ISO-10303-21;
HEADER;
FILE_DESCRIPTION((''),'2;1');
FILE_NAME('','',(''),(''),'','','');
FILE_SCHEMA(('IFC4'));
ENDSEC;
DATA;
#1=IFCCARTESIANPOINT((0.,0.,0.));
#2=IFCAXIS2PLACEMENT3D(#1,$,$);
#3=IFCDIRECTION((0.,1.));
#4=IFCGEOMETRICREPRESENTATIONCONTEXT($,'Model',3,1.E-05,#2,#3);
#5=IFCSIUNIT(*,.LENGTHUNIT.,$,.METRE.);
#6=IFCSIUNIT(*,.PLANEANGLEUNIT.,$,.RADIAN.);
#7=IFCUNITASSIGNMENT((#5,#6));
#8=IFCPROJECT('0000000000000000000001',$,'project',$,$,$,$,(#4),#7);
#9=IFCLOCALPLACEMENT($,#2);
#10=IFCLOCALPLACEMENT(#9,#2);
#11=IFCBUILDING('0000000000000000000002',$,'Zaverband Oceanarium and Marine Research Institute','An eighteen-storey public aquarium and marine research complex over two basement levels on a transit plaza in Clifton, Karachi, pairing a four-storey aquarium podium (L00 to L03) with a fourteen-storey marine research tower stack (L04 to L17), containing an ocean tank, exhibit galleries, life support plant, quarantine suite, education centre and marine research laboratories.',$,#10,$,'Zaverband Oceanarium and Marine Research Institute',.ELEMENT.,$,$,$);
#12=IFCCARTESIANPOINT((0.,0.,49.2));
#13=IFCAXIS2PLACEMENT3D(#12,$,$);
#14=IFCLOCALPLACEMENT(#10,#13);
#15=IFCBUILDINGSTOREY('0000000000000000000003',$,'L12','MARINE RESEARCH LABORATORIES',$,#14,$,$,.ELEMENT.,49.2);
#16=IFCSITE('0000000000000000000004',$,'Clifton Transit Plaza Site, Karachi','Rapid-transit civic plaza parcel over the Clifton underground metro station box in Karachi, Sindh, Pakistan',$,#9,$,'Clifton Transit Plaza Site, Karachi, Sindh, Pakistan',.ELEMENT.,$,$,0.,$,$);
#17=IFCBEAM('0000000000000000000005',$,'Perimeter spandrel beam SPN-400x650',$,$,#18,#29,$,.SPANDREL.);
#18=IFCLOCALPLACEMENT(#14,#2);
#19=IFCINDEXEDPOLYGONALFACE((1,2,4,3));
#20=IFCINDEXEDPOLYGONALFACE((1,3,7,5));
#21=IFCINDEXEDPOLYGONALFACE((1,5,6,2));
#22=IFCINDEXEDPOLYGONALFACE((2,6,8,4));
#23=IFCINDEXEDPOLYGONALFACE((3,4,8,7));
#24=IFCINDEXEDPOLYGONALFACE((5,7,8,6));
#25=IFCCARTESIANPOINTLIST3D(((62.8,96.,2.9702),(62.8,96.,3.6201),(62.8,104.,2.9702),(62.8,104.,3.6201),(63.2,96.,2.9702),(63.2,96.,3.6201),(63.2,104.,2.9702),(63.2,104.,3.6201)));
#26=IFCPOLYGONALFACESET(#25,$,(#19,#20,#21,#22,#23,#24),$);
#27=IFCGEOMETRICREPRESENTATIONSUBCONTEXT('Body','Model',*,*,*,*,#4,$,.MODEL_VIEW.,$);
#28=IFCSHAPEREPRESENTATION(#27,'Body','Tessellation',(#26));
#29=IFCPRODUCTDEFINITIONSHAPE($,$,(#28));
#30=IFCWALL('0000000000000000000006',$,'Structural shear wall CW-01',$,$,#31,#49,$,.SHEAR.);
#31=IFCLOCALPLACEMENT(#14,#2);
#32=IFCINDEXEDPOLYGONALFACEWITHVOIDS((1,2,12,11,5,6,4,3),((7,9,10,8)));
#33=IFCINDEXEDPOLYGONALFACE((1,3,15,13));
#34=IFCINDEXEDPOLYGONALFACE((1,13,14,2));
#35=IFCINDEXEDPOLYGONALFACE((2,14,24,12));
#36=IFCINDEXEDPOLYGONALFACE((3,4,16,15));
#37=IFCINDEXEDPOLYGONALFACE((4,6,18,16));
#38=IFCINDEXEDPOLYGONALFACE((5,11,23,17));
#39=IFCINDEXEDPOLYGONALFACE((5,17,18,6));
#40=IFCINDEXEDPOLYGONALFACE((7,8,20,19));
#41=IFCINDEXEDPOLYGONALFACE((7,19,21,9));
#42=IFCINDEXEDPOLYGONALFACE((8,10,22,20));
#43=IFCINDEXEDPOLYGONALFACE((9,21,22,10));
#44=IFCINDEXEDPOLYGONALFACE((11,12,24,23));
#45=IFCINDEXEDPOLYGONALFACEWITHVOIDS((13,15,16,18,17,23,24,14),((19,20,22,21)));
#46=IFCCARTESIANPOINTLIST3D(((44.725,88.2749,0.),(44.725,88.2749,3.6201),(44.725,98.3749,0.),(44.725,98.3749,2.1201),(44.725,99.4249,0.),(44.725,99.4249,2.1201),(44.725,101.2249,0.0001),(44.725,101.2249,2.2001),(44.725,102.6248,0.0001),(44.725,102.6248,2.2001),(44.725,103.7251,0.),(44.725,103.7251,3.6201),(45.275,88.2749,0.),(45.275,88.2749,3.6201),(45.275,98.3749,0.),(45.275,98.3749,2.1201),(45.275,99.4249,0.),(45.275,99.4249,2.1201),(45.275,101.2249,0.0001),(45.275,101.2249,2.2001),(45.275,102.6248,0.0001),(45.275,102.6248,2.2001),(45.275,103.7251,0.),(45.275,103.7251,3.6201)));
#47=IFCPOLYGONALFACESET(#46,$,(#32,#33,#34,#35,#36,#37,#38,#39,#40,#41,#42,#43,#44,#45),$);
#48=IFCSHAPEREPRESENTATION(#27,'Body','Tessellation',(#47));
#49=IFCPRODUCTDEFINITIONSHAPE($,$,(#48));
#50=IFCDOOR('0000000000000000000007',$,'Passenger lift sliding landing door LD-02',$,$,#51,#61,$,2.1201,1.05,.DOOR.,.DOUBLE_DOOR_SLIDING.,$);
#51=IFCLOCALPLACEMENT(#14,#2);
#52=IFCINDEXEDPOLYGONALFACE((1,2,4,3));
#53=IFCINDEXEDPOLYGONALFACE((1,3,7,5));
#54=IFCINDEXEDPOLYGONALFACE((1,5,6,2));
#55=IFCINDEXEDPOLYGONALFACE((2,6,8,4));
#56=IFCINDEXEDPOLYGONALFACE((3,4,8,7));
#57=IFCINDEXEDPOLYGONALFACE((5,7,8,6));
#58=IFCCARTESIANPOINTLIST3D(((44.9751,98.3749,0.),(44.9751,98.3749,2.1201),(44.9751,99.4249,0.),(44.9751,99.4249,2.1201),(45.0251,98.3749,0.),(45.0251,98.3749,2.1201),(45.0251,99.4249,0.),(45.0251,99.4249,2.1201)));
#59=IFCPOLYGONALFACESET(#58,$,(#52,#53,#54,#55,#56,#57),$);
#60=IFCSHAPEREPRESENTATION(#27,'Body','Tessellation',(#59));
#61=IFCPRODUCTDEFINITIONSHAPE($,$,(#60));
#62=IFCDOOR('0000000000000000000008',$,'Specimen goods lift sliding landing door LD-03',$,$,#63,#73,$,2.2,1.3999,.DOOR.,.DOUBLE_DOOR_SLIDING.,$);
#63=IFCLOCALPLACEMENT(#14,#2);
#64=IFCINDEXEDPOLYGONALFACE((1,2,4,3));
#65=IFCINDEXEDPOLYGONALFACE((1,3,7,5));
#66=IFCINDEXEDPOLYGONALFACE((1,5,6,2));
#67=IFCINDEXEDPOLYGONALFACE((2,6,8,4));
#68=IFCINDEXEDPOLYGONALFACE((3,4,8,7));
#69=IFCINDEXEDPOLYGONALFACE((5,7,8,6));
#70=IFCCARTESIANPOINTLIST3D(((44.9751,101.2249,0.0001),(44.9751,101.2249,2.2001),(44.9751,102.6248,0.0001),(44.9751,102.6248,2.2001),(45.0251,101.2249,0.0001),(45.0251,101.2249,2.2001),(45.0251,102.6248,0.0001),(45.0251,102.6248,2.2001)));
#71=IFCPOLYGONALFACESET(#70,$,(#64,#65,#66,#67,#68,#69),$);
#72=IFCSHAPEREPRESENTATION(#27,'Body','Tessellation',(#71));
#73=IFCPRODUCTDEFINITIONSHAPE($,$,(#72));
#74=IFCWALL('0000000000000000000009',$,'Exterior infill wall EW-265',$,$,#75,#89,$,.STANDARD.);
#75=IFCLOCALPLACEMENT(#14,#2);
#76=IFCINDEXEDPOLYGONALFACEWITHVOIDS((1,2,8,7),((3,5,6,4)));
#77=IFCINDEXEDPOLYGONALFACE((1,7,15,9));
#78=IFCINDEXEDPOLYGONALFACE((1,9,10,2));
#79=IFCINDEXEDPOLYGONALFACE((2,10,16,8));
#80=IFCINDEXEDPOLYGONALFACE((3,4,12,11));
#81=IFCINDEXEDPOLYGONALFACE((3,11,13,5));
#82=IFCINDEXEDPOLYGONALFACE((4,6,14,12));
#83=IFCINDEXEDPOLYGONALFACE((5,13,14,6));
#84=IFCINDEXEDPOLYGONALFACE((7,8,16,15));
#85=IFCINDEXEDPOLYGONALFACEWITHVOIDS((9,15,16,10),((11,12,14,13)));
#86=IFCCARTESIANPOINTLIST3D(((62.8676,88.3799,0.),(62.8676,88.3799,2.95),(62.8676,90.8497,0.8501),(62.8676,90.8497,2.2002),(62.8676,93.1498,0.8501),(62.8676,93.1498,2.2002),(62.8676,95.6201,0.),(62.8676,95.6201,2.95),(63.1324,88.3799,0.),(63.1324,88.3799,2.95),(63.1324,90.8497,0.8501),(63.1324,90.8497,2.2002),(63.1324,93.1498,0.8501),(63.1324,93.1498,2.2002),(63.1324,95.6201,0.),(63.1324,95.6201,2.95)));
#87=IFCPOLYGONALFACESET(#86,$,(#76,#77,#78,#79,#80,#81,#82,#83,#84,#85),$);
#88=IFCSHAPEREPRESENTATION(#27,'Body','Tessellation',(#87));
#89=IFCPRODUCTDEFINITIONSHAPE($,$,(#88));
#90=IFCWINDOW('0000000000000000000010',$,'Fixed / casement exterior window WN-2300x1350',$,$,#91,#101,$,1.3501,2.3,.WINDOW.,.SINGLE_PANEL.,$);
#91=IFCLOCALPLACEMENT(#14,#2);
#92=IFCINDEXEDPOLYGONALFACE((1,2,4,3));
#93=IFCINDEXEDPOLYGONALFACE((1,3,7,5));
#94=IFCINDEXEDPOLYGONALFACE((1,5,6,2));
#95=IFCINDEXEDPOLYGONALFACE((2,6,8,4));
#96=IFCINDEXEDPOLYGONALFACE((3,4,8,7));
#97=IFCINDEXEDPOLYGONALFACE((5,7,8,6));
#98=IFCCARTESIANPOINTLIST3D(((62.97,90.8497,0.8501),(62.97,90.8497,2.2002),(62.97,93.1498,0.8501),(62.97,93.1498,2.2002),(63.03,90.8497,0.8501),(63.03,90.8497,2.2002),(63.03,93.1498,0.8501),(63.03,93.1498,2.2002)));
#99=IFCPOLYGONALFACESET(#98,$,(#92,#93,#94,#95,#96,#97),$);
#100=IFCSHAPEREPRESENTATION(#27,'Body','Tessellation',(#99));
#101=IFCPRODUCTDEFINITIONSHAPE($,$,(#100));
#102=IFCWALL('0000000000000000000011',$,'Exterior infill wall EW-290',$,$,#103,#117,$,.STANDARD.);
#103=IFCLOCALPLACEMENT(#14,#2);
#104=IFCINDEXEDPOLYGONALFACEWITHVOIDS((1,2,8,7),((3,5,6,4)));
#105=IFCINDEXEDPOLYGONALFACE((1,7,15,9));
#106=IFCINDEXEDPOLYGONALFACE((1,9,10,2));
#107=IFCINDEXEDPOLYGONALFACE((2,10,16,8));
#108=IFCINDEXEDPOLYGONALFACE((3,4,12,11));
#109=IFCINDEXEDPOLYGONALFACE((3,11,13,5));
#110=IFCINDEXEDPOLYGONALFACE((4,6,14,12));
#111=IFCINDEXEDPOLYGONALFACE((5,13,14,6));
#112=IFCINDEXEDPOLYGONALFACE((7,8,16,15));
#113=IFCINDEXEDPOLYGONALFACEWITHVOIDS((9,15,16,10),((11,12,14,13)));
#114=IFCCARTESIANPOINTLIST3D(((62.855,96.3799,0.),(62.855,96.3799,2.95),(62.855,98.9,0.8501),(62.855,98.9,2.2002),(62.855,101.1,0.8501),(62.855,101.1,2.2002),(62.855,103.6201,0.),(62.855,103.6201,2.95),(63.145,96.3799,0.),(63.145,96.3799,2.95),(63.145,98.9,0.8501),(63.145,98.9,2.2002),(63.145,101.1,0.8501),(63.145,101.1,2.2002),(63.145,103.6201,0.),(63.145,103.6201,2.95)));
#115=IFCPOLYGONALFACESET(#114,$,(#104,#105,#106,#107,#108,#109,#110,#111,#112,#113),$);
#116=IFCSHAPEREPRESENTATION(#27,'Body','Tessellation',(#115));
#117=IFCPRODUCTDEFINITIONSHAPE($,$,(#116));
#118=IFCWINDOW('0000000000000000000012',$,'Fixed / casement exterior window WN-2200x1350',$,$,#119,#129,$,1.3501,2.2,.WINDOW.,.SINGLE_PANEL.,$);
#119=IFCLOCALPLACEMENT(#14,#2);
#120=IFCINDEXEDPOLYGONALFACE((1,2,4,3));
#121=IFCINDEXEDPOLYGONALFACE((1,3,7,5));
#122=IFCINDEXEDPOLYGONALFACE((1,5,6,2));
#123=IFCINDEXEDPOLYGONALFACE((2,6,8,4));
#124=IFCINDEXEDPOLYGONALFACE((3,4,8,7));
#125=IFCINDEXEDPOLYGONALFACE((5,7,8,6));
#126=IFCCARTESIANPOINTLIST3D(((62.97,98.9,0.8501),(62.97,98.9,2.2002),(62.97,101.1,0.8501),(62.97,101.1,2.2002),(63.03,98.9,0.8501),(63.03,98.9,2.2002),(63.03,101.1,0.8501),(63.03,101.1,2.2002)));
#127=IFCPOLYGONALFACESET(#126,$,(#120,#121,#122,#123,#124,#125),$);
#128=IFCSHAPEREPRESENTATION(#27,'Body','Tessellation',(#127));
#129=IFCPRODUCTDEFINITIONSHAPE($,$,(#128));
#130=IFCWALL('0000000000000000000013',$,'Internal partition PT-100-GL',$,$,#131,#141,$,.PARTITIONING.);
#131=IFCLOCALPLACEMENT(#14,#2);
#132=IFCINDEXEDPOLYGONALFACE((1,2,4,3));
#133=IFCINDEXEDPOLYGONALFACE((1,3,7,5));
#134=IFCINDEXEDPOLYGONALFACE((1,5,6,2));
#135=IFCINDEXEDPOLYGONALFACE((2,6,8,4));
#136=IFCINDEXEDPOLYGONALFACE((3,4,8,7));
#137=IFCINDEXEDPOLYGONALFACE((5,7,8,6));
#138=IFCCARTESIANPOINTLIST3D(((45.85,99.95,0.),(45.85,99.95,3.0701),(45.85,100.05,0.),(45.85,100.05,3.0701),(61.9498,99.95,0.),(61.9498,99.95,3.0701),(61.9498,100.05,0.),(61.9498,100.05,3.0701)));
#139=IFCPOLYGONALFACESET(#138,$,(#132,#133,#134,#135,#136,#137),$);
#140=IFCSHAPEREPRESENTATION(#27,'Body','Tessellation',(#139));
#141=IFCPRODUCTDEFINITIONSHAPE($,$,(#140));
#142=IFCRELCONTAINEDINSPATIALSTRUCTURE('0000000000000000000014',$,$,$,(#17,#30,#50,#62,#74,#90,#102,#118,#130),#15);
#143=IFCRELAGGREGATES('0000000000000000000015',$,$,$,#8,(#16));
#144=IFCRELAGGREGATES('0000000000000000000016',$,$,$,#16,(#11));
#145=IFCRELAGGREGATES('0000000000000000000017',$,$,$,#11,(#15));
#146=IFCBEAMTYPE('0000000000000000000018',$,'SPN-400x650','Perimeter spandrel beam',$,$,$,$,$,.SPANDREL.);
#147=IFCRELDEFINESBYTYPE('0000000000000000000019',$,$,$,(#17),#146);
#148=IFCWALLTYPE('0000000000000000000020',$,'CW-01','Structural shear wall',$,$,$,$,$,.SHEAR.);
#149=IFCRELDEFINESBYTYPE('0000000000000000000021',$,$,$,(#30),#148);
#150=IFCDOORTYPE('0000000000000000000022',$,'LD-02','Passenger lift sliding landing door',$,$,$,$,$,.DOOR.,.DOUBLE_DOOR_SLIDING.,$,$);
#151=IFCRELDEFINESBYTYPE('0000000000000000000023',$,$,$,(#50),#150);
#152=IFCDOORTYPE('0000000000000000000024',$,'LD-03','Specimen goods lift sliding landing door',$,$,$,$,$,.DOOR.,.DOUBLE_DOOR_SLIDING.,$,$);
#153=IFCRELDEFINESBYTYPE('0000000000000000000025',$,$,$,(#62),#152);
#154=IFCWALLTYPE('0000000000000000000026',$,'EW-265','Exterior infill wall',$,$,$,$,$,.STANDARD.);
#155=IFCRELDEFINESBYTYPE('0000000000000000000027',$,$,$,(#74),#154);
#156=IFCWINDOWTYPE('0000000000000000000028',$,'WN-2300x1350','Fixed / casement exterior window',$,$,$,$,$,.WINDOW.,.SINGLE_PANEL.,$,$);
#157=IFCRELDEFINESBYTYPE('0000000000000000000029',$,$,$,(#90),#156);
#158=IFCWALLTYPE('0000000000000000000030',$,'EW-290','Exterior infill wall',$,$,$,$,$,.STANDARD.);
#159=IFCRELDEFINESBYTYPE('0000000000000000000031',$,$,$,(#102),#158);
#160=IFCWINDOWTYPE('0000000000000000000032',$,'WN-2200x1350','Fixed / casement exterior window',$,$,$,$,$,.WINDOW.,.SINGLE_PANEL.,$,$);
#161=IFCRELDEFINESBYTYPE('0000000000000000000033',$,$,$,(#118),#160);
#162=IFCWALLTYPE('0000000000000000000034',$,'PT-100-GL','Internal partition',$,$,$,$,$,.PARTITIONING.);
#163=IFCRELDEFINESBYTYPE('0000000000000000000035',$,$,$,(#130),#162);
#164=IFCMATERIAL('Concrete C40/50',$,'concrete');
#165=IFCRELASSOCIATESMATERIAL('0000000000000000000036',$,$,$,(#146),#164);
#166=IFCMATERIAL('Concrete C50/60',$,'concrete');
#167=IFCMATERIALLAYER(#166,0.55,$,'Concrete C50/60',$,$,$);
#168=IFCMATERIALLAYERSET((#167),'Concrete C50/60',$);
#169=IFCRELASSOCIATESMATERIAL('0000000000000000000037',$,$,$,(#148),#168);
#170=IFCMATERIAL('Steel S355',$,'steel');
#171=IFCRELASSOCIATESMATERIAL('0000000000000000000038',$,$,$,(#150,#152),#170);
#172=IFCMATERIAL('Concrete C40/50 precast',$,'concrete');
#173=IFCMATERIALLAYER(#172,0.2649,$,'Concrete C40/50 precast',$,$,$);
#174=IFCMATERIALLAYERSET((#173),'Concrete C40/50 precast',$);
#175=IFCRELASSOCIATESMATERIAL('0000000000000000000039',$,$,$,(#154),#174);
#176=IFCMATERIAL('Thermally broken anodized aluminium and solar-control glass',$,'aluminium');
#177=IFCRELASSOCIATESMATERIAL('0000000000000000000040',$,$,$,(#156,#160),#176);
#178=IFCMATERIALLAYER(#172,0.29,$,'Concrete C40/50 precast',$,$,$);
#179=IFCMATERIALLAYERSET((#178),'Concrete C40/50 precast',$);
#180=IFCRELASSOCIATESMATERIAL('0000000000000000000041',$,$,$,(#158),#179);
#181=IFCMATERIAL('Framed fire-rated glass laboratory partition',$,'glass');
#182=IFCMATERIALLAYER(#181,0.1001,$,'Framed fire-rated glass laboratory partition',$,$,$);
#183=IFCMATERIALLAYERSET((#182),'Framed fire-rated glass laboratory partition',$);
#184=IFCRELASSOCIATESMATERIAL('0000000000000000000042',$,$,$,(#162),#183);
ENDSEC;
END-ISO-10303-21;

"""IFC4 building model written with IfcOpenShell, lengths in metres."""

from ifc_helpers import new_model, si_unit, direction, frame, frame_2d, origin, origin_2d, place, context, subcontext, project, spatial, rectangle, extrude, material, layer, layer_set, material_profile, profile_set, type_object, element, fill, save


model = new_model("IFC4")

# Units and contexts
model_context = context("Model", 3, precision=1e-05, world=origin(), true_north=direction((0.0, 1.0)))
body_context = subcontext(model_context, "Body", "Model", "MODEL_VIEW")
ifc_project = project(units=[si_unit("LENGTHUNIT", "METRE"), si_unit("PLANEANGLEUNIT", "RADIAN")], contexts=[model_context])

# Site, building, storey
site_placement = place(None, origin())
site = spatial("IfcSite", under=ifc_project, at=site_placement, Name="Clifton Transit Plaza Site, Karachi", Description="Rapid-transit civic plaza parcel over the Clifton underground metro station box in Karachi, Sindh, Pakistan", LongName="Clifton Transit Plaza Site, Karachi, Sindh, Pakistan", CompositionType="ELEMENT", RefElevation=0.0)
building_placement = place(site_placement, origin())
building = spatial("IfcBuilding", under=site, at=building_placement, Name="Zaverband Oceanarium and Marine Research Institute", Description="An eighteen-storey public aquarium and marine research complex over two basement levels on a transit plaza in Clifton, Karachi, pairing a four-storey aquarium podium (L00 to L03) with a fourteen-storey marine research tower stack (L04 to L17), containing an ocean tank, exhibit galleries, life support plant, quarantine suite, education centre and marine research laboratories.", LongName="Zaverband Oceanarium and Marine Research Institute", CompositionType="ELEMENT")
storey_placement = place(building_placement, frame((0.0, 0.0, 49.2)))
storey = spatial("IfcBuildingStorey", under=building, at=storey_placement, Name="L12", Description="MARINE RESEARCH LABORATORIES", CompositionType="ELEMENT", Elevation=49.2)

# Shared definitions
ifc_material_1 = material(Name="Concrete C50/60", Category="concrete")

# Shared definitions
ifc_material_2 = material(Name="Concrete C40/50", Category="concrete")

# Shared definitions
ifc_material_3 = material(Name="Steel S355", Category="steel")

# Beam
ifc_material_profile_1 = material_profile(ifc_material_2, rectangle(XDim=0.3999, YDim=0.6499, at=origin_2d()), Name="RC400x650")
ifc_profile_set_1 = profile_set([ifc_material_profile_1], Name="Concrete C40/50")
beam_type_1 = type_object("IfcBeamType", Name="SPN-400x650", Description="Perimeter spandrel beam", PredefinedType="SPANDREL", material=ifc_profile_set_1)
for number, where, z_axis, x_axis, name in (
    (1, (63.0, 96.0, 3.2952), (0.0, 1.0, 0.0), (-1.0, 0.0, 0.0), "Perimeter spandrel beam SPN-400x650"),
):
    element("IfcBeam", number, at=place(storey_placement, frame(where, z_axis=z_axis, x_axis=x_axis)), inside=storey, type_object=beam_type_1, Name=name, PredefinedType="SPANDREL", context=body_context, shape_type="SweptSolid", body=[
        extrude(rectangle(XDim=0.3999, YDim=0.6499, at=origin_2d()), origin(), (0.0, 0.0, 1.0), 8.0),
    ])

# Wall, openings, doors
ifc_layer_1 = layer(ifc_material_1, 0.55, Name="Concrete C50/60")
ifc_layer_set_1 = layer_set([ifc_layer_1], Name="Concrete C50/60")
wall_type_1 = type_object("IfcWallType", Name="CW-01", Description="Structural shear wall", PredefinedType="SHEAR", material=ifc_layer_set_1)
wall_1_placement = place(storey_placement, frame((45.0, 88.2749, 0.0), z_axis=(0.0, 0.0, 1.0), x_axis=(0.0, 1.0, 0.0)))
wall_1 = element("IfcWall", 2, at=wall_1_placement, inside=storey, type_object=wall_type_1, Name="Structural shear wall CW-01", PredefinedType="SHEAR", context=body_context, shape_type="SweptSolid", body=[
    extrude(rectangle(XDim=15.4502, YDim=0.55, at=frame_2d((7.7251, 0.0))), origin(), (0.0, 0.0, 1.0), 3.6201),
])
opening_1_placement = place(wall_1_placement, frame((10.1001, 0.0, 0.0)))
opening_1 = element("IfcOpeningElement", 3, at=opening_1_placement, cuts=wall_1, PredefinedType="OPENING", context=body_context, shape_type="SweptSolid", body=[
    extrude(rectangle(XDim=1.05, YDim=2.1201, at=frame_2d((0.5249, 1.0601))), frame((0.0, 0.2871, 0.0), z_axis=(0.0, -1.0, 0.0), x_axis=(1.0, 0.0, 0.0)), (0.0, 0.0, 1.0), 0.574),
])
opening_2_placement = place(wall_1_placement, frame((12.95, 0.0, 0.0)))
opening_2 = element("IfcOpeningElement", 4, at=opening_2_placement, cuts=wall_1, PredefinedType="OPENING", context=body_context, shape_type="SweptSolid", body=[
    extrude(rectangle(XDim=1.3999, YDim=2.2, at=frame_2d((0.7, 1.1001))), frame((0.0, 0.2871, 0.0), z_axis=(0.0, -1.0, 0.0), x_axis=(1.0, 0.0, 0.0)), (0.0, 0.0, 1.0), 0.574),
])
door_type_1 = type_object("IfcDoorType", Name="LD-02", Description="Passenger lift sliding landing door", OperationType="DOUBLE_DOOR_SLIDING", PredefinedType="DOOR", material=ifc_material_3)
door_1_placement = place(opening_1_placement, origin())
door_1 = element("IfcDoor", 5, at=door_1_placement, inside=storey, type_object=door_type_1, Name="Passenger lift sliding landing door LD-02", OperationType="DOUBLE_DOOR_SLIDING", OverallHeight=2.1201, OverallWidth=1.05, PredefinedType="DOOR", context=body_context, shape_type="SweptSolid", body=[
    extrude(rectangle(XDim=1.05, YDim=2.1201, at=frame_2d((0.5249, 1.0601))), frame((0.0, 0.0249, 0.0), z_axis=(0.0, -1.0, 0.0), x_axis=(1.0, 0.0, 0.0)), (0.0, 0.0, 1.0), 0.05),
])
fill(opening_1, door_1)
door_type_2 = type_object("IfcDoorType", Name="LD-03", Description="Specimen goods lift sliding landing door", OperationType="DOUBLE_DOOR_SLIDING", PredefinedType="DOOR", material=ifc_material_3)
door_2_placement = place(opening_2_placement, origin())
door_2 = element("IfcDoor", 6, at=door_2_placement, inside=storey, type_object=door_type_2, Name="Specimen goods lift sliding landing door LD-03", OperationType="DOUBLE_DOOR_SLIDING", OverallHeight=2.2, OverallWidth=1.3999, PredefinedType="DOOR", context=body_context, shape_type="SweptSolid", body=[
    extrude(rectangle(XDim=1.3999, YDim=2.2, at=frame_2d((0.7, 1.1001))), frame((0.0, 0.0249, 0.0), z_axis=(0.0, -1.0, 0.0), x_axis=(1.0, 0.0, 0.0)), (0.0, 0.0, 1.0), 0.05),
])
fill(opening_2, door_2)

# Walls, openings, windows
ifc_material_4 = material(Name="Concrete C40/50 precast", Category="concrete")
ifc_layer_2 = layer(ifc_material_4, 0.2649, Name="Concrete C40/50 precast")
ifc_layer_set_2 = layer_set([ifc_layer_2], Name="Concrete C40/50 precast")
wall_type_2 = type_object("IfcWallType", Name="EW-265", Description="Exterior infill wall", PredefinedType="STANDARD", material=ifc_layer_set_2)
wall_2_placement = place(storey_placement, frame((63.0, 88.3799, 0.0), z_axis=(0.0, 0.0, 1.0), x_axis=(0.0, 1.0, 0.0)))
wall_2 = element("IfcWall", 7, at=wall_2_placement, inside=storey, type_object=wall_type_2, Name="Exterior infill wall EW-265", PredefinedType="STANDARD", context=body_context, shape_type="SweptSolid", body=[
    extrude(rectangle(XDim=7.2402, YDim=0.2649, at=frame_2d((3.6201, 0.0))), origin(), (0.0, 0.0, 1.0), 2.95),
])
opening_3_placement = place(wall_2_placement, frame((2.47, 0.0, 0.8501)))
opening_3 = element("IfcOpeningElement", 8, at=opening_3_placement, cuts=wall_2, PredefinedType="OPENING", context=body_context, shape_type="SweptSolid", body=[
    extrude(rectangle(XDim=2.3, YDim=1.3501, at=frame_2d((1.1499, 0.675))), frame((0.0, 0.1445, 0.0), z_axis=(0.0, -1.0, 0.0), x_axis=(1.0, 0.0, 0.0)), (0.0, 0.0, 1.0), 0.2888),
])
ifc_material_5 = material(Name="Thermally broken anodized aluminium and solar-control glass", Category="aluminium")
window_type_1 = type_object("IfcWindowType", Name="WN-2300x1350", Description="Fixed / casement exterior window", PartitioningType="SINGLE_PANEL", PredefinedType="WINDOW", material=ifc_material_5)
window_1_placement = place(opening_3_placement, origin())
window_1 = element("IfcWindow", 9, at=window_1_placement, inside=storey, type_object=window_type_1, Name="Fixed / casement exterior window WN-2300x1350", OverallHeight=1.3501, OverallWidth=2.3, PartitioningType="SINGLE_PANEL", PredefinedType="WINDOW", context=body_context, shape_type="SweptSolid", body=[
    extrude(rectangle(XDim=2.3, YDim=1.3501, at=frame_2d((1.1499, 0.675))), frame((0.0, 0.03, 0.0), z_axis=(0.0, -1.0, 0.0), x_axis=(1.0, 0.0, 0.0)), (0.0, 0.0, 1.0), 0.0601),
])
fill(opening_3, window_1)
ifc_layer_3 = layer(ifc_material_4, 0.29, Name="Concrete C40/50 precast")
ifc_layer_set_3 = layer_set([ifc_layer_3], Name="Concrete C40/50 precast")
wall_type_3 = type_object("IfcWallType", Name="EW-290", Description="Exterior infill wall", PredefinedType="STANDARD", material=ifc_layer_set_3)
wall_3_placement = place(storey_placement, frame((63.0, 96.3799, 0.0), z_axis=(0.0, 0.0, 1.0), x_axis=(0.0, 1.0, 0.0)))
wall_3 = element("IfcWall", 10, at=wall_3_placement, inside=storey, type_object=wall_type_3, Name="Exterior infill wall EW-290", PredefinedType="STANDARD", context=body_context, shape_type="SweptSolid", body=[
    extrude(rectangle(XDim=7.2402, YDim=0.29, at=frame_2d((3.6201, 0.0))), origin(), (0.0, 0.0, 1.0), 2.95),
])
opening_4_placement = place(wall_3_placement, frame((2.52, 0.0, 0.8501)))
opening_4 = element("IfcOpeningElement", 11, at=opening_4_placement, cuts=wall_3, PredefinedType="OPENING", context=body_context, shape_type="SweptSolid", body=[
    extrude(rectangle(XDim=2.2, YDim=1.3501, at=frame_2d((1.1001, 0.675))), frame((0.0, 0.157, 0.0), z_axis=(0.0, -1.0, 0.0), x_axis=(1.0, 0.0, 0.0)), (0.0, 0.0, 1.0), 0.314),
])
window_type_2 = type_object("IfcWindowType", Name="WN-2200x1350", Description="Fixed / casement exterior window", PartitioningType="SINGLE_PANEL", PredefinedType="WINDOW", material=ifc_material_5)
window_2_placement = place(opening_4_placement, origin())
window_2 = element("IfcWindow", 12, at=window_2_placement, inside=storey, type_object=window_type_2, Name="Fixed / casement exterior window WN-2200x1350", OverallHeight=1.3501, OverallWidth=2.2, PartitioningType="SINGLE_PANEL", PredefinedType="WINDOW", context=body_context, shape_type="SweptSolid", body=[
    extrude(rectangle(XDim=2.2, YDim=1.3501, at=frame_2d((1.1001, 0.675))), frame((0.0, 0.03, 0.0), z_axis=(0.0, -1.0, 0.0), x_axis=(1.0, 0.0, 0.0)), (0.0, 0.0, 1.0), 0.0601),
])
fill(opening_4, window_2)

# Wall
ifc_material_6 = material(Name="Framed fire-rated glass laboratory partition", Category="glass")
ifc_layer_4 = layer(ifc_material_6, 0.1001, Name="Framed fire-rated glass laboratory partition")
ifc_layer_set_4 = layer_set([ifc_layer_4], Name="Framed fire-rated glass laboratory partition")
wall_type_4 = type_object("IfcWallType", Name="PT-100-GL", Description="Internal partition", PredefinedType="PARTITIONING", material=ifc_layer_set_4)
wall_4_placement = place(storey_placement, frame((45.8501, 100.0, 0.0), z_axis=(0.0, 0.0, 1.0), x_axis=(1.0, 0.0, 0.0)))
element("IfcWall", 13, at=wall_4_placement, inside=storey, type_object=wall_type_4, Name="Internal partition PT-100-GL", PredefinedType="PARTITIONING", context=body_context, shape_type="SweptSolid", body=[
    extrude(rectangle(XDim=16.0999, YDim=0.1001, at=frame_2d((8.0498, 0.0))), origin(), (0.0, 0.0, 1.0), 3.0701),
])

save(model, "model.ifc")
